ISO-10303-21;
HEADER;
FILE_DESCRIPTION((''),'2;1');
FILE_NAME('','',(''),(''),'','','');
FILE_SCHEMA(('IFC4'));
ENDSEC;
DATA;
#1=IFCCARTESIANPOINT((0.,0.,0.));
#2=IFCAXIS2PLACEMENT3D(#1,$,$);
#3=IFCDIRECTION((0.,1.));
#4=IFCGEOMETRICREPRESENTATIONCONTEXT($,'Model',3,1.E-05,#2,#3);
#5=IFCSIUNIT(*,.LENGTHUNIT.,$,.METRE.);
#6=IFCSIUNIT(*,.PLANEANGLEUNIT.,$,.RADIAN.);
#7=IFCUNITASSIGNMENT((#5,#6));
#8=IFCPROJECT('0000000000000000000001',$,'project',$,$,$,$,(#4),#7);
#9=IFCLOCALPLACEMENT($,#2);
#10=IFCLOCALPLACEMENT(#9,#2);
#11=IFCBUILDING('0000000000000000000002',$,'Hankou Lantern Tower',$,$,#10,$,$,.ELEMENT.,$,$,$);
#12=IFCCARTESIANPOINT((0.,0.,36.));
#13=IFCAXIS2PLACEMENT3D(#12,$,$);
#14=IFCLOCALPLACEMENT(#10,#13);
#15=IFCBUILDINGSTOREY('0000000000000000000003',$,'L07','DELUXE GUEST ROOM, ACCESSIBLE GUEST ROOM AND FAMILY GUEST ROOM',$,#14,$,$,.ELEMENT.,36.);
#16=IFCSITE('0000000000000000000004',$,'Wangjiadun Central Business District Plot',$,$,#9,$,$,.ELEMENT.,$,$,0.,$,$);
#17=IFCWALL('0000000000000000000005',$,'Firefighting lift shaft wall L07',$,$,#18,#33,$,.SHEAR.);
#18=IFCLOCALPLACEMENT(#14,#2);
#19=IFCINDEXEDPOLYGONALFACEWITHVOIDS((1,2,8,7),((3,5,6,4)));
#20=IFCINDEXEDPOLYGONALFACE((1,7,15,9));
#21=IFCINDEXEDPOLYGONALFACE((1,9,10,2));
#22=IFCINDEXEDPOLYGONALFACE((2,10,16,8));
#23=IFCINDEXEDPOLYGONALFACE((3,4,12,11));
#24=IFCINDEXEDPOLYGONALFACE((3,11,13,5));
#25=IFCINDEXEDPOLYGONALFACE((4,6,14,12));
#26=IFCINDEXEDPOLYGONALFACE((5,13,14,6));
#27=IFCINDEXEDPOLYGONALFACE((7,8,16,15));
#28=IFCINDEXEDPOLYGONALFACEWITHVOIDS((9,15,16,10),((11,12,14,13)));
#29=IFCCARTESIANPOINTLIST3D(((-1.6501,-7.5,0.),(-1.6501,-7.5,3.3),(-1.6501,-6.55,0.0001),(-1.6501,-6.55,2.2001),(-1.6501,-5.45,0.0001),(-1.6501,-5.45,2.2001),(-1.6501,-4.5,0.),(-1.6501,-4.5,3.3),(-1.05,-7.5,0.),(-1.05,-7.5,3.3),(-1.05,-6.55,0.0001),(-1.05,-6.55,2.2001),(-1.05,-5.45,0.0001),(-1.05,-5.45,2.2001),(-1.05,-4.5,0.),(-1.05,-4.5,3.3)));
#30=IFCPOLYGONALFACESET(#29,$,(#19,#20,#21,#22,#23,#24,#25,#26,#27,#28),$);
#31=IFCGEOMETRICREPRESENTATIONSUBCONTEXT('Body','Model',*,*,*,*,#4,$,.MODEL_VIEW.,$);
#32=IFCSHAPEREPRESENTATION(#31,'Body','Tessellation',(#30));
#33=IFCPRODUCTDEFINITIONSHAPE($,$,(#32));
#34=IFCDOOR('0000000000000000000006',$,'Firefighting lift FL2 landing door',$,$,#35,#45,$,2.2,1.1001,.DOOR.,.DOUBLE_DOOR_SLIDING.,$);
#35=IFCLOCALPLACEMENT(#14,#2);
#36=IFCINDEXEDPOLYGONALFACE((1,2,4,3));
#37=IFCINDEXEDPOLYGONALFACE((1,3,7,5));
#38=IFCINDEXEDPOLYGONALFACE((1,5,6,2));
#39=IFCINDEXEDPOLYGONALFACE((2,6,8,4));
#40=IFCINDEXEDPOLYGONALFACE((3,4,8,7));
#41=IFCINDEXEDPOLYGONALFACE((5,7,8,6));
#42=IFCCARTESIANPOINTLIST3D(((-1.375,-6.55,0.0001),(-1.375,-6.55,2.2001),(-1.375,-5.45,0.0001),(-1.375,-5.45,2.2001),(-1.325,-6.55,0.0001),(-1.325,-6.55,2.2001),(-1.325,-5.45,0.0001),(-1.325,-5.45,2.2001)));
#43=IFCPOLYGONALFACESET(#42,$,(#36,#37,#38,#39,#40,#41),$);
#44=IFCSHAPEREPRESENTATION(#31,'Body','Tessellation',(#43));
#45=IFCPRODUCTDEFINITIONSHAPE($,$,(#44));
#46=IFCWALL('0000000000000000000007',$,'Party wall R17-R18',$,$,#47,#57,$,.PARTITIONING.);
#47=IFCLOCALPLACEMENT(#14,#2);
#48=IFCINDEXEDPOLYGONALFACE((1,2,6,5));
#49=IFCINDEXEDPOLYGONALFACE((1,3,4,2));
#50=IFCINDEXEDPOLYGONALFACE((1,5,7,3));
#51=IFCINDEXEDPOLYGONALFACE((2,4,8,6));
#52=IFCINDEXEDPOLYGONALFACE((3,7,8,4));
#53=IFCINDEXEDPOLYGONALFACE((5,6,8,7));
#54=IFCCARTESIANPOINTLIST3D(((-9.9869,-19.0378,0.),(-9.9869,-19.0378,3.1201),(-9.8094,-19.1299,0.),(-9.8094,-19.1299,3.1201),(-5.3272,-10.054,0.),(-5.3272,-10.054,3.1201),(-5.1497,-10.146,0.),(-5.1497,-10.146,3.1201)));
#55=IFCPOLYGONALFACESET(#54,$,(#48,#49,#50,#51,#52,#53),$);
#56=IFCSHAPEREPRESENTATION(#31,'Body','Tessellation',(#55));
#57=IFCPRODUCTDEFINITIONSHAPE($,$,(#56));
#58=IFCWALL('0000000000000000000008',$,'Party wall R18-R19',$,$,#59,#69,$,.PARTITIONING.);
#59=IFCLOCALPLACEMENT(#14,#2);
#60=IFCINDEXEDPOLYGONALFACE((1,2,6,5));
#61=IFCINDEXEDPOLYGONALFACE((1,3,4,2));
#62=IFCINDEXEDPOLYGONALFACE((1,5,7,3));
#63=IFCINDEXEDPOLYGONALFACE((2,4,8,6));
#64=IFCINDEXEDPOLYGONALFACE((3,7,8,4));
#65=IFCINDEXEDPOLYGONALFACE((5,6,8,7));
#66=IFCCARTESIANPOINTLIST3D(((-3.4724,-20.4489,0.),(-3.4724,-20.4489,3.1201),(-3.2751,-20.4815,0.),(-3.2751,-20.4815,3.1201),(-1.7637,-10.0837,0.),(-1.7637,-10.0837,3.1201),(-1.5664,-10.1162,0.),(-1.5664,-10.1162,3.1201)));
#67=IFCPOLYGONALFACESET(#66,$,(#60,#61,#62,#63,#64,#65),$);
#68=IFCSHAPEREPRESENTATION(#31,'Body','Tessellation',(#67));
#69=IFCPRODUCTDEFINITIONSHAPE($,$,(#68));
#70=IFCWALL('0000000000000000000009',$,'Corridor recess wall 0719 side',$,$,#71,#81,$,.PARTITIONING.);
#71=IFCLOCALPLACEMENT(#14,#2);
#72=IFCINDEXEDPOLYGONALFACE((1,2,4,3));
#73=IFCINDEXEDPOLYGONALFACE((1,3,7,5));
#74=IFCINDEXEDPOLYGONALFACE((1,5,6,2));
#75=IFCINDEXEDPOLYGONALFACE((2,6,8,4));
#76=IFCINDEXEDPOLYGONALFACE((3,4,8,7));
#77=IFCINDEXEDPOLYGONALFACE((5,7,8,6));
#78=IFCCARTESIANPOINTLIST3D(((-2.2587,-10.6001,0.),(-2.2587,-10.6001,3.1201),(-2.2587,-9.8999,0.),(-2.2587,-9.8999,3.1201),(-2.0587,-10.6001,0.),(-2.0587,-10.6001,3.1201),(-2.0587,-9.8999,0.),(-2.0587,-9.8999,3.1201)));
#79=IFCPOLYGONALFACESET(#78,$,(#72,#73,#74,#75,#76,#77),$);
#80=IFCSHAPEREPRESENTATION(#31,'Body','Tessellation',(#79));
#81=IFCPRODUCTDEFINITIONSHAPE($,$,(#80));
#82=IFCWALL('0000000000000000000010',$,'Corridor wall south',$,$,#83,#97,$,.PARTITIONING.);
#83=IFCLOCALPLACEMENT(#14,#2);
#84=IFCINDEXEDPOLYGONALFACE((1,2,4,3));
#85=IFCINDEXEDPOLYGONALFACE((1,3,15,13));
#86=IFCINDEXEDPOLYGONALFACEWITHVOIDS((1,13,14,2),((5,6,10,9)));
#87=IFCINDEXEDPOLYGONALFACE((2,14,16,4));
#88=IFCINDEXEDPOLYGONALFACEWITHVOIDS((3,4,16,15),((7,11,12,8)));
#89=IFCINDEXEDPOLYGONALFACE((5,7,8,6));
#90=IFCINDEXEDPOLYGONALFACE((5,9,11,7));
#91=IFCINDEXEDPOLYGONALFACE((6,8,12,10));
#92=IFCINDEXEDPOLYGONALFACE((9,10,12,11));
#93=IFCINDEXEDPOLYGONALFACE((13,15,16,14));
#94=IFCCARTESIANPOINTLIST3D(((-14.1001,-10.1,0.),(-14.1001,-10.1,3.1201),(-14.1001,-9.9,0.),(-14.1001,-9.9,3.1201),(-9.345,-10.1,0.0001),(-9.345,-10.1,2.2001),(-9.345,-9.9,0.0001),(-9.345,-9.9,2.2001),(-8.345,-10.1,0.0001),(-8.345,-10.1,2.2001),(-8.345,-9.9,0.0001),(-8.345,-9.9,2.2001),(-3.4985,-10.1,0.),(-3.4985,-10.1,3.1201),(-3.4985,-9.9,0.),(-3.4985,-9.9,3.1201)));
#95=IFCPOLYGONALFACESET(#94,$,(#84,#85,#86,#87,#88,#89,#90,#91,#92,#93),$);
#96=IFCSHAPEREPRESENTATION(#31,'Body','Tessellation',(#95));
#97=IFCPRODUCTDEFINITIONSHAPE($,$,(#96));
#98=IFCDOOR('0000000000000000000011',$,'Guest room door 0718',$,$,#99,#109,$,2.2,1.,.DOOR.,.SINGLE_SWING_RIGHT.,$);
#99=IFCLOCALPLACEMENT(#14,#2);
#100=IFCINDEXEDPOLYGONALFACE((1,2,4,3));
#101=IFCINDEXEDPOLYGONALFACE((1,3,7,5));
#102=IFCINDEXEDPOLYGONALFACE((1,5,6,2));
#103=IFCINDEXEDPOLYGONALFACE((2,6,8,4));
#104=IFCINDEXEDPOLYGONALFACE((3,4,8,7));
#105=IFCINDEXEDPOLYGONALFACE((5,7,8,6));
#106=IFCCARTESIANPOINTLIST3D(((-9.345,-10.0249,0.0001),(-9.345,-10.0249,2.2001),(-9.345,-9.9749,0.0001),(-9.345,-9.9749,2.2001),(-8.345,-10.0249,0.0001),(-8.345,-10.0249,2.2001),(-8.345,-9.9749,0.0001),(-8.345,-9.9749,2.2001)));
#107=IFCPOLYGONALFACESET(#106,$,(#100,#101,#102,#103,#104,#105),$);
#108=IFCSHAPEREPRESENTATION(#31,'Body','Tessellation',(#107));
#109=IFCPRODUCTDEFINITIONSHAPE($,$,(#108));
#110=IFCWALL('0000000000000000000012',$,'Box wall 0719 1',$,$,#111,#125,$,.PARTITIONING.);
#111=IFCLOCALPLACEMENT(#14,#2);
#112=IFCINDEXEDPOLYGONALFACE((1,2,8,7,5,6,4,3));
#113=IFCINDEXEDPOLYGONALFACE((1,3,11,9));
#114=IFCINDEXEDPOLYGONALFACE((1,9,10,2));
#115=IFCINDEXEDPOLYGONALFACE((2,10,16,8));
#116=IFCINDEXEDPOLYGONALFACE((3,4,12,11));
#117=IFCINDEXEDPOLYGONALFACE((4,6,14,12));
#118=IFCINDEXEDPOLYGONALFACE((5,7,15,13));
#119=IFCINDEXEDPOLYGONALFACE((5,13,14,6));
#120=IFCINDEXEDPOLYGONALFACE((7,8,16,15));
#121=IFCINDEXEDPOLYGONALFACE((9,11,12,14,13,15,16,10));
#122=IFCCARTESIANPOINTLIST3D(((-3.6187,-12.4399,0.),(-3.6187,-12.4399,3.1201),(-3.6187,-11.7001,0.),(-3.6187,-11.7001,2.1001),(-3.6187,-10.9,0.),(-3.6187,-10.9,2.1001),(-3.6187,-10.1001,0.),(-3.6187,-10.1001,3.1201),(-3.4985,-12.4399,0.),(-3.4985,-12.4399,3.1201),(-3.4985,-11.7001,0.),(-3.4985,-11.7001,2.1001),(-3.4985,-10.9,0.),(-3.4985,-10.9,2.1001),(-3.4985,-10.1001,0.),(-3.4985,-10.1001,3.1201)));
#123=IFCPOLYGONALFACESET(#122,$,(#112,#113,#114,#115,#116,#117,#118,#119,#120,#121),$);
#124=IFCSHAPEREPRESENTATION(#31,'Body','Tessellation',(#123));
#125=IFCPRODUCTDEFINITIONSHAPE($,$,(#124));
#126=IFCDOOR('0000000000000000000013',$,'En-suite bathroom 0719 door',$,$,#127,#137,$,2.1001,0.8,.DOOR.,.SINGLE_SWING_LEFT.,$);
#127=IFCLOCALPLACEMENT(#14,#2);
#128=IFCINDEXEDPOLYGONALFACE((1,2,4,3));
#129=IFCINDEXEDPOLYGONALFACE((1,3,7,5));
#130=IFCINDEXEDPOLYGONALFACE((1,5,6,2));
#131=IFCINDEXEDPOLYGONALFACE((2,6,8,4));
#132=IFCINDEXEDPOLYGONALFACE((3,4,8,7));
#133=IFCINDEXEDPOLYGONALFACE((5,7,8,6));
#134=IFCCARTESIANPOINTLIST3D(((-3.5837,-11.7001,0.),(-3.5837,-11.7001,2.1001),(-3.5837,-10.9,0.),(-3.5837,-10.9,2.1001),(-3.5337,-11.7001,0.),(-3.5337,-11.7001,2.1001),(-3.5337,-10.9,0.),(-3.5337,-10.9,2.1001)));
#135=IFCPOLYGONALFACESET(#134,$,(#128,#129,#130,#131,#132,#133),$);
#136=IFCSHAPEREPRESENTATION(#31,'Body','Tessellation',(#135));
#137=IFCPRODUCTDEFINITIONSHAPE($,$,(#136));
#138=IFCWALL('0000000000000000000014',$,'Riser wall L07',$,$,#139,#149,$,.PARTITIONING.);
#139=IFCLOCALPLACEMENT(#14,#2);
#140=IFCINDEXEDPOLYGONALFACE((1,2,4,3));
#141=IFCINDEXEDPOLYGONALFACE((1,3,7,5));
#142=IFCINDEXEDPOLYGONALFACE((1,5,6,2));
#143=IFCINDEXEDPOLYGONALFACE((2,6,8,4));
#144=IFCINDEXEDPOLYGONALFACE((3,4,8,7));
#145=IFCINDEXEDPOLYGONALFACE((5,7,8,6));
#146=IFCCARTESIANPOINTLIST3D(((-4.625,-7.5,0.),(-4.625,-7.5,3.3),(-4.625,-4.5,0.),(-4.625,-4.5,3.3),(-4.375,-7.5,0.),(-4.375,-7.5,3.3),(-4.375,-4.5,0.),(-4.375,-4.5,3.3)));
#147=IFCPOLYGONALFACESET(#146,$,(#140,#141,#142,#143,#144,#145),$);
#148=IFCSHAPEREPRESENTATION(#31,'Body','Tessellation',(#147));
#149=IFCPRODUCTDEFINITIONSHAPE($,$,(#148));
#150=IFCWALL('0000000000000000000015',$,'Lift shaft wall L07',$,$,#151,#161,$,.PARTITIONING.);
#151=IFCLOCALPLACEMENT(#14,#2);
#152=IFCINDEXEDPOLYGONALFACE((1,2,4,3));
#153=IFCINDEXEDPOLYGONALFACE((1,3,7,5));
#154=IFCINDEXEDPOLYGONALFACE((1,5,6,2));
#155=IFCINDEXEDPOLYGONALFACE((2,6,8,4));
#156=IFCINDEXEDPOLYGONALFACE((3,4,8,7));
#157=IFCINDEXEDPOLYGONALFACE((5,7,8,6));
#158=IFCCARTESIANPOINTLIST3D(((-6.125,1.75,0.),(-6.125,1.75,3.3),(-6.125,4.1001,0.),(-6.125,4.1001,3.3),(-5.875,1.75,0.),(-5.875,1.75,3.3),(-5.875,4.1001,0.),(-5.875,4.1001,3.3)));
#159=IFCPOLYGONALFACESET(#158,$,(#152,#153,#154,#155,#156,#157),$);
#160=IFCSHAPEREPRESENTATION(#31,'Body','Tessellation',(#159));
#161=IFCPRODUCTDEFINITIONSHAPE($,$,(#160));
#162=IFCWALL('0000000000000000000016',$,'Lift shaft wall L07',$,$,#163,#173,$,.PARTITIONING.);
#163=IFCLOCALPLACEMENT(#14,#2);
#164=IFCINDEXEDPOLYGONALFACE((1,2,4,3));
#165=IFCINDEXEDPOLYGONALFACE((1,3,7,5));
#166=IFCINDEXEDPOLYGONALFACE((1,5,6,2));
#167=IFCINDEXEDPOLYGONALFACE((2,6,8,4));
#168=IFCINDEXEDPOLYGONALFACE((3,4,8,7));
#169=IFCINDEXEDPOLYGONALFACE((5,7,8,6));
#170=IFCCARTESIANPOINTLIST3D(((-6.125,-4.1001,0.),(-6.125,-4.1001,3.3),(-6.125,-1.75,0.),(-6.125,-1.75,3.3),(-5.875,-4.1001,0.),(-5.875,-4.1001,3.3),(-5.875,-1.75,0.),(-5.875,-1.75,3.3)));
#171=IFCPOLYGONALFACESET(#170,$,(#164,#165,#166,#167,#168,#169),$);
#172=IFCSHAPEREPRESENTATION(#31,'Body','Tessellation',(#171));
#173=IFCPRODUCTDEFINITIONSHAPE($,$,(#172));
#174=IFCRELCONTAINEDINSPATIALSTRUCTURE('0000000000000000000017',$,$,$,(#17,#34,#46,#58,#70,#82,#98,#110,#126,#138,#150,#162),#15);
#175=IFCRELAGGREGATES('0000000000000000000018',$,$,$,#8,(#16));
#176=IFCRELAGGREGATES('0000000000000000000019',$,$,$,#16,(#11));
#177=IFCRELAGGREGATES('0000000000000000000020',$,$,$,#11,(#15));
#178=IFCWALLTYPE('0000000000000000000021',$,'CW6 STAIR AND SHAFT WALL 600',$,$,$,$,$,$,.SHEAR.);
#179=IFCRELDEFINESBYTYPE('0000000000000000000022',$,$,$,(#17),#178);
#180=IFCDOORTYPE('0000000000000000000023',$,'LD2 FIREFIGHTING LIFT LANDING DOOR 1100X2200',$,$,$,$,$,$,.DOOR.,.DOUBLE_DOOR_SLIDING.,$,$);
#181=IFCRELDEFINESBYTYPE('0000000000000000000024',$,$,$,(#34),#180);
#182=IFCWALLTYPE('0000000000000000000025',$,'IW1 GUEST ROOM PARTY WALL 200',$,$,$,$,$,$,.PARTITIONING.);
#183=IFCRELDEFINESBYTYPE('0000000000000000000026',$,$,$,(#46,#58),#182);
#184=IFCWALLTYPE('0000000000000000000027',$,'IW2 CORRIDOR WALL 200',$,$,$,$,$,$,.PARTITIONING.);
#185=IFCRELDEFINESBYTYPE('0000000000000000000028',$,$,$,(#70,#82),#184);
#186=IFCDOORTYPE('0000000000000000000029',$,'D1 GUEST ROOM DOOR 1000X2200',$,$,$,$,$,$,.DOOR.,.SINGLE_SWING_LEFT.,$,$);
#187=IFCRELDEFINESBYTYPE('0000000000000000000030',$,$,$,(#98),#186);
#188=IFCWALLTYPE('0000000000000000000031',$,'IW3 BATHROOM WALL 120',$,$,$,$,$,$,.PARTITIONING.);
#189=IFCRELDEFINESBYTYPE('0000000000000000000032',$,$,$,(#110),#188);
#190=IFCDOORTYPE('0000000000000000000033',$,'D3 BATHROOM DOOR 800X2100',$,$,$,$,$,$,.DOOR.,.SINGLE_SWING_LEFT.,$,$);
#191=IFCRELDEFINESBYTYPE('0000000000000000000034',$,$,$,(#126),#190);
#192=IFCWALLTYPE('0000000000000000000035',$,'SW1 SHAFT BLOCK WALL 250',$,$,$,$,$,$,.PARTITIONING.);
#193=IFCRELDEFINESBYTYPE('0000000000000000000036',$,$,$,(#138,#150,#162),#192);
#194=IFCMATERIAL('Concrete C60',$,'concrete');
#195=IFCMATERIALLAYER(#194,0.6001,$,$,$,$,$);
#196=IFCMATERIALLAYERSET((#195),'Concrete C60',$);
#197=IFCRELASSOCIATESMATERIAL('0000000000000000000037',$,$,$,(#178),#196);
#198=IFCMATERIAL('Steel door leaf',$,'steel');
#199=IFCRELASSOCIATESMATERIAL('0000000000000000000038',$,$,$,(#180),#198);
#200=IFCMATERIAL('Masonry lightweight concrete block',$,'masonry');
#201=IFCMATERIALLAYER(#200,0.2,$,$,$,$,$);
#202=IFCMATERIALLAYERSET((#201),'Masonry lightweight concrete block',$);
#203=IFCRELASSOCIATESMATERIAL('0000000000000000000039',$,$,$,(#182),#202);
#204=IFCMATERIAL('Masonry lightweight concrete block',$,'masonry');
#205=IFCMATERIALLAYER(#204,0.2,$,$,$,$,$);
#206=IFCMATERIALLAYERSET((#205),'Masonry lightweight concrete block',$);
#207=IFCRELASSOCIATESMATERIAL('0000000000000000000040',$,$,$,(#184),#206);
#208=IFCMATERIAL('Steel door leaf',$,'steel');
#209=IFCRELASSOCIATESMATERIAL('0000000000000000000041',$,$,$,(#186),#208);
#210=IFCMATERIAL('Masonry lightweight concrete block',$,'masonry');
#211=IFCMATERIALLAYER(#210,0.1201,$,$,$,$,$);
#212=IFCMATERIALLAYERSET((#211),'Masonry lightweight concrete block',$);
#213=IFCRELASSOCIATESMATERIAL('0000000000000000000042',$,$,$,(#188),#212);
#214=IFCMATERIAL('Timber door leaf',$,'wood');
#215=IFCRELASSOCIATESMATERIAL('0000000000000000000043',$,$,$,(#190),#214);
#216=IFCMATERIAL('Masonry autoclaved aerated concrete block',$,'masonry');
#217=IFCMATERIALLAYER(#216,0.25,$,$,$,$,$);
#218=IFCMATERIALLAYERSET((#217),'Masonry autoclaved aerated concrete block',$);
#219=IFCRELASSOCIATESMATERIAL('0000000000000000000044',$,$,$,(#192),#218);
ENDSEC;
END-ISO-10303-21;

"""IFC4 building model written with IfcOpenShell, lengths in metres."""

from ifc_helpers import new_model, si_unit, direction, frame, frame_2d, origin, place, context, subcontext, project, spatial, rectangle, extrude, material, layer, layer_set, type_object, element, fill, save


model = new_model("IFC4")

# Units and contexts
model_context = context("Model", 3, precision=1e-05, world=origin(), true_north=direction((0.0, 1.0)))
body_context = subcontext(model_context, "Body", "Model", "MODEL_VIEW")
ifc_project = project(units=[si_unit("LENGTHUNIT", "METRE"), si_unit("PLANEANGLEUNIT", "RADIAN")], contexts=[model_context])

# Site, building, storey
site_placement = place(None, origin())
site = spatial("IfcSite", under=ifc_project, at=site_placement, Name="Wangjiadun Central Business District Plot", CompositionType="ELEMENT", RefElevation=0.0)
building_placement = place(site_placement, origin())
building = spatial("IfcBuilding", under=site, at=building_placement, Name="Hankou Lantern Tower", CompositionType="ELEMENT")
storey_placement = place(building_placement, frame((0.0, 0.0, 36.0)))
storey = spatial("IfcBuildingStorey", under=building, at=storey_placement, Name="L07", Description="DELUXE GUEST ROOM, ACCESSIBLE GUEST ROOM AND FAMILY GUEST ROOM", CompositionType="ELEMENT", Elevation=36.0)

# Wall, opening, door
ifc_material_1 = material(Name="Concrete C60", Category="concrete")
ifc_layer_1 = layer(ifc_material_1, 0.6001)
ifc_layer_set_1 = layer_set([ifc_layer_1], Name="Concrete C60")
wall_type_1 = type_object("IfcWallType", Name="CW6 STAIR AND SHAFT WALL 600", PredefinedType="SHEAR", material=ifc_layer_set_1)
wall_1_placement = place(storey_placement, frame((-1.3501, -7.5, 0.0), z_axis=(0.0, 0.0, 1.0), x_axis=(0.0, 1.0, 0.0)))
wall_1 = element("IfcWall", 1, at=wall_1_placement, inside=storey, type_object=wall_type_1, Name="Firefighting lift shaft wall L07", PredefinedType="SHEAR", context=body_context, shape_type="SweptSolid", body=[
    extrude(rectangle(XDim=3.0, YDim=0.6001, at=frame_2d((1.5, 0.0))), origin(), (0.0, 0.0, 1.0), 3.3),
])
opening_1_placement = place(wall_1_placement, frame((0.95, 0.0, 0.0)))
opening_1 = element("IfcOpeningElement", 2, at=opening_1_placement, cuts=wall_1, PredefinedType="OPENING", context=body_context, shape_type="SweptSolid", body=[
    extrude(rectangle(XDim=1.1001, YDim=2.2, at=frame_2d((0.55, 1.1001))), frame((0.0, 0.3101, 0.0), z_axis=(0.0, -1.0, 0.0), x_axis=(1.0, 0.0, 0.0)), (0.0, 0.0, 1.0), 0.6201),
])
ifc_material_2 = material(Name="Steel door leaf", Category="steel")
door_type_1 = type_object("IfcDoorType", Name="LD2 FIREFIGHTING LIFT LANDING DOOR 1100X2200", OperationType="DOUBLE_DOOR_SLIDING", PredefinedType="DOOR", material=ifc_material_2)
door_1_placement = place(opening_1_placement, origin())
door_1 = element("IfcDoor", 3, at=door_1_placement, inside=storey, type_object=door_type_1, Name="Firefighting lift FL2 landing door", OperationType="DOUBLE_DOOR_SLIDING", OverallHeight=2.2, OverallWidth=1.1001, PredefinedType="DOOR", context=body_context, shape_type="SweptSolid", body=[
    extrude(rectangle(XDim=1.1001, YDim=2.2, at=frame_2d((0.55, 1.1001))), frame((0.0, 0.0249, 0.0), z_axis=(0.0, -1.0, 0.0), x_axis=(1.0, 0.0, 0.0)), (0.0, 0.0, 1.0), 0.05),
])
fill(opening_1, door_1)

# Walls
ifc_material_3 = material(Name="Masonry lightweight concrete block", Category="masonry")
ifc_layer_2 = layer(ifc_material_3, 0.2)
ifc_layer_set_2 = layer_set([ifc_layer_2], Name="Masonry lightweight concrete block")
wall_type_2 = type_object("IfcWallType", Name="IW1 GUEST ROOM PARTY WALL 200", PredefinedType="PARTITIONING", material=ifc_layer_set_2)
wall_2_placement = place(storey_placement, frame((-5.2385, -10.1001, 0.0), z_axis=(0.0, 0.0, 1.0), x_axis=(-0.460423, -0.8877, 0.0)))
element("IfcWall", 4, at=wall_2_placement, inside=storey, type_object=wall_type_2, Name="Party wall R17-R18", PredefinedType="PARTITIONING", context=body_context, shape_type="SweptSolid", body=[
    extrude(rectangle(XDim=10.1204, YDim=0.2, at=frame_2d((5.0601, 0.0))), origin(), (0.0, 0.0, 1.0), 3.1201),
])
wall_3_placement = place(storey_placement, frame((-1.665, -10.1001, 0.0), z_axis=(0.0, 0.0, 1.0), x_axis=(-0.162658, -0.986683, 0.0)))
element("IfcWall", 5, at=wall_3_placement, inside=storey, type_object=wall_type_2, Name="Party wall R18-R19", PredefinedType="PARTITIONING", context=body_context, shape_type="SweptSolid", body=[
    extrude(rectangle(XDim=10.5051, YDim=0.2, at=frame_2d((5.2524, 0.0))), origin(), (0.0, 0.0, 1.0), 3.1201),
])
ifc_material_4 = material(Name="Masonry lightweight concrete block", Category="masonry")
ifc_layer_3 = layer(ifc_material_4, 0.2)
ifc_layer_set_3 = layer_set([ifc_layer_3], Name="Masonry lightweight concrete block")
wall_type_3 = type_object("IfcWallType", Name="IW2 CORRIDOR WALL 200", PredefinedType="PARTITIONING", material=ifc_layer_set_3)
wall_4_placement = place(storey_placement, frame((-2.1587, -9.8999, 0.0), z_axis=(0.0, 0.0, 1.0), x_axis=(0.0, -1.0, 0.0)))
element("IfcWall", 6, at=wall_4_placement, inside=storey, type_object=wall_type_3, Name="Corridor recess wall 0719 side", PredefinedType="PARTITIONING", context=body_context, shape_type="SweptSolid", body=[
    extrude(rectangle(XDim=0.7002, YDim=0.2, at=frame_2d((0.3501, 0.0))), origin(), (0.0, 0.0, 1.0), 3.1201),
])

# Walls, openings, doors
wall_5_placement = place(storey_placement, frame((-3.4985, -10.0, 0.0), z_axis=(0.0, 0.0, 1.0), x_axis=(-1.0, 0.0, 0.0)))
wall_5 = element("IfcWall", 7, at=wall_5_placement, inside=storey, type_object=wall_type_3, Name="Corridor wall south", PredefinedType="PARTITIONING", context=body_context, shape_type="SweptSolid", body=[
    extrude(rectangle(XDim=10.6016, YDim=0.2, at=frame_2d((5.3008, 0.0))), origin(), (0.0, 0.0, 1.0), 3.1201),
])
opening_2_placement = place(wall_5_placement, frame((4.8464, 0.0, 0.0)))
opening_2 = element("IfcOpeningElement", 8, at=opening_2_placement, cuts=wall_5, PredefinedType="OPENING", context=body_context, shape_type="SweptSolid", body=[
    extrude(rectangle(XDim=1.0, YDim=2.2, at=frame_2d((0.5, 1.1001))), frame((0.0, 0.1099, 0.0), z_axis=(0.0, -1.0, 0.0), x_axis=(1.0, 0.0, 0.0)), (0.0, 0.0, 1.0), 0.22),
])
ifc_material_5 = material(Name="Steel door leaf", Category="steel")
door_type_2 = type_object("IfcDoorType", Name="D1 GUEST ROOM DOOR 1000X2200", OperationType="SINGLE_SWING_LEFT", PredefinedType="DOOR", material=ifc_material_5)
door_2_placement = place(opening_2_placement, origin())
door_2 = element("IfcDoor", 9, at=door_2_placement, inside=storey, type_object=door_type_2, Name="Guest room door 0718", OperationType="SINGLE_SWING_RIGHT", OverallHeight=2.2, OverallWidth=1.0, PredefinedType="DOOR", context=body_context, shape_type="SweptSolid", body=[
    extrude(rectangle(XDim=1.0, YDim=2.2, at=frame_2d((0.5, 1.1001))), frame((0.0, 0.0249, 0.0), z_axis=(0.0, -1.0, 0.0), x_axis=(1.0, 0.0, 0.0)), (0.0, 0.0, 1.0), 0.05),
])
fill(opening_2, door_2)
ifc_material_6 = material(Name="Masonry lightweight concrete block", Category="masonry")
ifc_layer_4 = layer(ifc_material_6, 0.1201)
ifc_layer_set_4 = layer_set([ifc_layer_4], Name="Masonry lightweight concrete block")
wall_type_4 = type_object("IfcWallType", Name="IW3 BATHROOM WALL 120", PredefinedType="PARTITIONING", material=ifc_layer_set_4)
wall_6_placement = place(storey_placement, frame((-3.5586, -10.1001, 0.0), z_axis=(0.0, 0.0, 1.0), x_axis=(0.0, -1.0, 0.0)))
wall_6 = element("IfcWall", 10, at=wall_6_placement, inside=storey, type_object=wall_type_4, Name="Box wall 0719 1", PredefinedType="PARTITIONING", context=body_context, shape_type="SweptSolid", body=[
    extrude(rectangle(XDim=2.3398, YDim=0.1201, at=frame_2d((1.1699, 0.0))), origin(), (0.0, 0.0, 1.0), 3.1201),
])
opening_3_placement = place(wall_6_placement, frame((0.8, 0.0, 0.0)))
opening_3 = element("IfcOpeningElement", 11, at=opening_3_placement, cuts=wall_6, PredefinedType="OPENING", context=body_context, shape_type="SweptSolid", body=[
    extrude(rectangle(XDim=0.8, YDim=2.1001, at=frame_2d((0.3999, 1.05))), frame((0.0, 0.0701, 0.0), z_axis=(0.0, -1.0, 0.0), x_axis=(1.0, 0.0, 0.0)), (0.0, 0.0, 1.0), 0.1401),
])
ifc_material_7 = material(Name="Timber door leaf", Category="wood")
door_type_3 = type_object("IfcDoorType", Name="D3 BATHROOM DOOR 800X2100", OperationType="SINGLE_SWING_LEFT", PredefinedType="DOOR", material=ifc_material_7)
door_3_placement = place(opening_3_placement, origin())
door_3 = element("IfcDoor", 12, at=door_3_placement, inside=storey, type_object=door_type_3, Name="En-suite bathroom 0719 door", OperationType="SINGLE_SWING_LEFT", OverallHeight=2.1001, OverallWidth=0.8, PredefinedType="DOOR", context=body_context, shape_type="SweptSolid", body=[
    extrude(rectangle(XDim=0.8, YDim=2.1001, at=frame_2d((0.3999, 1.05))), frame((0.0, 0.0249, 0.0), z_axis=(0.0, -1.0, 0.0), x_axis=(1.0, 0.0, 0.0)), (0.0, 0.0, 1.0), 0.05),
])
fill(opening_3, door_3)

# Walls
ifc_material_8 = material(Name="Masonry autoclaved aerated concrete block", Category="masonry")
ifc_layer_5 = layer(ifc_material_8, 0.25)
ifc_layer_set_5 = layer_set([ifc_layer_5], Name="Masonry autoclaved aerated concrete block")
wall_type_5 = type_object("IfcWallType", Name="SW1 SHAFT BLOCK WALL 250", PredefinedType="PARTITIONING", material=ifc_layer_set_5)
wall_7_placement = place(storey_placement, frame((-4.5, -7.5, 0.0), z_axis=(0.0, 0.0, 1.0), x_axis=(0.0, 1.0, 0.0)))
element("IfcWall", 13, at=wall_7_placement, inside=storey, type_object=wall_type_5, Name="Riser wall L07", PredefinedType="PARTITIONING", context=body_context, shape_type="SweptSolid", body=[
    extrude(rectangle(XDim=3.0, YDim=0.25, at=frame_2d((1.5, 0.0))), origin(), (0.0, 0.0, 1.0), 3.3),
])
for number, where, z_axis, x_axis, name in (
    (14, (-6.0, 1.75, 0.0), (0.0, 0.0, 1.0), (0.0, 1.0, 0.0), "Lift shaft wall L07"),
    (15, (-6.0, -4.1001, 0.0), (0.0, 0.0, 1.0), (0.0, 1.0, 0.0), "Lift shaft wall L07"),
):
    element("IfcWall", number, at=place(storey_placement, frame(where, z_axis=z_axis, x_axis=x_axis)), inside=storey, type_object=wall_type_5, Name=name, PredefinedType="PARTITIONING", context=body_context, shape_type="SweptSolid", body=[
        extrude(rectangle(XDim=2.3501, YDim=0.25, at=frame_2d((1.175, 0.0))), origin(), (0.0, 0.0, 1.0), 3.3),
    ])

save(model, "model.ifc")
